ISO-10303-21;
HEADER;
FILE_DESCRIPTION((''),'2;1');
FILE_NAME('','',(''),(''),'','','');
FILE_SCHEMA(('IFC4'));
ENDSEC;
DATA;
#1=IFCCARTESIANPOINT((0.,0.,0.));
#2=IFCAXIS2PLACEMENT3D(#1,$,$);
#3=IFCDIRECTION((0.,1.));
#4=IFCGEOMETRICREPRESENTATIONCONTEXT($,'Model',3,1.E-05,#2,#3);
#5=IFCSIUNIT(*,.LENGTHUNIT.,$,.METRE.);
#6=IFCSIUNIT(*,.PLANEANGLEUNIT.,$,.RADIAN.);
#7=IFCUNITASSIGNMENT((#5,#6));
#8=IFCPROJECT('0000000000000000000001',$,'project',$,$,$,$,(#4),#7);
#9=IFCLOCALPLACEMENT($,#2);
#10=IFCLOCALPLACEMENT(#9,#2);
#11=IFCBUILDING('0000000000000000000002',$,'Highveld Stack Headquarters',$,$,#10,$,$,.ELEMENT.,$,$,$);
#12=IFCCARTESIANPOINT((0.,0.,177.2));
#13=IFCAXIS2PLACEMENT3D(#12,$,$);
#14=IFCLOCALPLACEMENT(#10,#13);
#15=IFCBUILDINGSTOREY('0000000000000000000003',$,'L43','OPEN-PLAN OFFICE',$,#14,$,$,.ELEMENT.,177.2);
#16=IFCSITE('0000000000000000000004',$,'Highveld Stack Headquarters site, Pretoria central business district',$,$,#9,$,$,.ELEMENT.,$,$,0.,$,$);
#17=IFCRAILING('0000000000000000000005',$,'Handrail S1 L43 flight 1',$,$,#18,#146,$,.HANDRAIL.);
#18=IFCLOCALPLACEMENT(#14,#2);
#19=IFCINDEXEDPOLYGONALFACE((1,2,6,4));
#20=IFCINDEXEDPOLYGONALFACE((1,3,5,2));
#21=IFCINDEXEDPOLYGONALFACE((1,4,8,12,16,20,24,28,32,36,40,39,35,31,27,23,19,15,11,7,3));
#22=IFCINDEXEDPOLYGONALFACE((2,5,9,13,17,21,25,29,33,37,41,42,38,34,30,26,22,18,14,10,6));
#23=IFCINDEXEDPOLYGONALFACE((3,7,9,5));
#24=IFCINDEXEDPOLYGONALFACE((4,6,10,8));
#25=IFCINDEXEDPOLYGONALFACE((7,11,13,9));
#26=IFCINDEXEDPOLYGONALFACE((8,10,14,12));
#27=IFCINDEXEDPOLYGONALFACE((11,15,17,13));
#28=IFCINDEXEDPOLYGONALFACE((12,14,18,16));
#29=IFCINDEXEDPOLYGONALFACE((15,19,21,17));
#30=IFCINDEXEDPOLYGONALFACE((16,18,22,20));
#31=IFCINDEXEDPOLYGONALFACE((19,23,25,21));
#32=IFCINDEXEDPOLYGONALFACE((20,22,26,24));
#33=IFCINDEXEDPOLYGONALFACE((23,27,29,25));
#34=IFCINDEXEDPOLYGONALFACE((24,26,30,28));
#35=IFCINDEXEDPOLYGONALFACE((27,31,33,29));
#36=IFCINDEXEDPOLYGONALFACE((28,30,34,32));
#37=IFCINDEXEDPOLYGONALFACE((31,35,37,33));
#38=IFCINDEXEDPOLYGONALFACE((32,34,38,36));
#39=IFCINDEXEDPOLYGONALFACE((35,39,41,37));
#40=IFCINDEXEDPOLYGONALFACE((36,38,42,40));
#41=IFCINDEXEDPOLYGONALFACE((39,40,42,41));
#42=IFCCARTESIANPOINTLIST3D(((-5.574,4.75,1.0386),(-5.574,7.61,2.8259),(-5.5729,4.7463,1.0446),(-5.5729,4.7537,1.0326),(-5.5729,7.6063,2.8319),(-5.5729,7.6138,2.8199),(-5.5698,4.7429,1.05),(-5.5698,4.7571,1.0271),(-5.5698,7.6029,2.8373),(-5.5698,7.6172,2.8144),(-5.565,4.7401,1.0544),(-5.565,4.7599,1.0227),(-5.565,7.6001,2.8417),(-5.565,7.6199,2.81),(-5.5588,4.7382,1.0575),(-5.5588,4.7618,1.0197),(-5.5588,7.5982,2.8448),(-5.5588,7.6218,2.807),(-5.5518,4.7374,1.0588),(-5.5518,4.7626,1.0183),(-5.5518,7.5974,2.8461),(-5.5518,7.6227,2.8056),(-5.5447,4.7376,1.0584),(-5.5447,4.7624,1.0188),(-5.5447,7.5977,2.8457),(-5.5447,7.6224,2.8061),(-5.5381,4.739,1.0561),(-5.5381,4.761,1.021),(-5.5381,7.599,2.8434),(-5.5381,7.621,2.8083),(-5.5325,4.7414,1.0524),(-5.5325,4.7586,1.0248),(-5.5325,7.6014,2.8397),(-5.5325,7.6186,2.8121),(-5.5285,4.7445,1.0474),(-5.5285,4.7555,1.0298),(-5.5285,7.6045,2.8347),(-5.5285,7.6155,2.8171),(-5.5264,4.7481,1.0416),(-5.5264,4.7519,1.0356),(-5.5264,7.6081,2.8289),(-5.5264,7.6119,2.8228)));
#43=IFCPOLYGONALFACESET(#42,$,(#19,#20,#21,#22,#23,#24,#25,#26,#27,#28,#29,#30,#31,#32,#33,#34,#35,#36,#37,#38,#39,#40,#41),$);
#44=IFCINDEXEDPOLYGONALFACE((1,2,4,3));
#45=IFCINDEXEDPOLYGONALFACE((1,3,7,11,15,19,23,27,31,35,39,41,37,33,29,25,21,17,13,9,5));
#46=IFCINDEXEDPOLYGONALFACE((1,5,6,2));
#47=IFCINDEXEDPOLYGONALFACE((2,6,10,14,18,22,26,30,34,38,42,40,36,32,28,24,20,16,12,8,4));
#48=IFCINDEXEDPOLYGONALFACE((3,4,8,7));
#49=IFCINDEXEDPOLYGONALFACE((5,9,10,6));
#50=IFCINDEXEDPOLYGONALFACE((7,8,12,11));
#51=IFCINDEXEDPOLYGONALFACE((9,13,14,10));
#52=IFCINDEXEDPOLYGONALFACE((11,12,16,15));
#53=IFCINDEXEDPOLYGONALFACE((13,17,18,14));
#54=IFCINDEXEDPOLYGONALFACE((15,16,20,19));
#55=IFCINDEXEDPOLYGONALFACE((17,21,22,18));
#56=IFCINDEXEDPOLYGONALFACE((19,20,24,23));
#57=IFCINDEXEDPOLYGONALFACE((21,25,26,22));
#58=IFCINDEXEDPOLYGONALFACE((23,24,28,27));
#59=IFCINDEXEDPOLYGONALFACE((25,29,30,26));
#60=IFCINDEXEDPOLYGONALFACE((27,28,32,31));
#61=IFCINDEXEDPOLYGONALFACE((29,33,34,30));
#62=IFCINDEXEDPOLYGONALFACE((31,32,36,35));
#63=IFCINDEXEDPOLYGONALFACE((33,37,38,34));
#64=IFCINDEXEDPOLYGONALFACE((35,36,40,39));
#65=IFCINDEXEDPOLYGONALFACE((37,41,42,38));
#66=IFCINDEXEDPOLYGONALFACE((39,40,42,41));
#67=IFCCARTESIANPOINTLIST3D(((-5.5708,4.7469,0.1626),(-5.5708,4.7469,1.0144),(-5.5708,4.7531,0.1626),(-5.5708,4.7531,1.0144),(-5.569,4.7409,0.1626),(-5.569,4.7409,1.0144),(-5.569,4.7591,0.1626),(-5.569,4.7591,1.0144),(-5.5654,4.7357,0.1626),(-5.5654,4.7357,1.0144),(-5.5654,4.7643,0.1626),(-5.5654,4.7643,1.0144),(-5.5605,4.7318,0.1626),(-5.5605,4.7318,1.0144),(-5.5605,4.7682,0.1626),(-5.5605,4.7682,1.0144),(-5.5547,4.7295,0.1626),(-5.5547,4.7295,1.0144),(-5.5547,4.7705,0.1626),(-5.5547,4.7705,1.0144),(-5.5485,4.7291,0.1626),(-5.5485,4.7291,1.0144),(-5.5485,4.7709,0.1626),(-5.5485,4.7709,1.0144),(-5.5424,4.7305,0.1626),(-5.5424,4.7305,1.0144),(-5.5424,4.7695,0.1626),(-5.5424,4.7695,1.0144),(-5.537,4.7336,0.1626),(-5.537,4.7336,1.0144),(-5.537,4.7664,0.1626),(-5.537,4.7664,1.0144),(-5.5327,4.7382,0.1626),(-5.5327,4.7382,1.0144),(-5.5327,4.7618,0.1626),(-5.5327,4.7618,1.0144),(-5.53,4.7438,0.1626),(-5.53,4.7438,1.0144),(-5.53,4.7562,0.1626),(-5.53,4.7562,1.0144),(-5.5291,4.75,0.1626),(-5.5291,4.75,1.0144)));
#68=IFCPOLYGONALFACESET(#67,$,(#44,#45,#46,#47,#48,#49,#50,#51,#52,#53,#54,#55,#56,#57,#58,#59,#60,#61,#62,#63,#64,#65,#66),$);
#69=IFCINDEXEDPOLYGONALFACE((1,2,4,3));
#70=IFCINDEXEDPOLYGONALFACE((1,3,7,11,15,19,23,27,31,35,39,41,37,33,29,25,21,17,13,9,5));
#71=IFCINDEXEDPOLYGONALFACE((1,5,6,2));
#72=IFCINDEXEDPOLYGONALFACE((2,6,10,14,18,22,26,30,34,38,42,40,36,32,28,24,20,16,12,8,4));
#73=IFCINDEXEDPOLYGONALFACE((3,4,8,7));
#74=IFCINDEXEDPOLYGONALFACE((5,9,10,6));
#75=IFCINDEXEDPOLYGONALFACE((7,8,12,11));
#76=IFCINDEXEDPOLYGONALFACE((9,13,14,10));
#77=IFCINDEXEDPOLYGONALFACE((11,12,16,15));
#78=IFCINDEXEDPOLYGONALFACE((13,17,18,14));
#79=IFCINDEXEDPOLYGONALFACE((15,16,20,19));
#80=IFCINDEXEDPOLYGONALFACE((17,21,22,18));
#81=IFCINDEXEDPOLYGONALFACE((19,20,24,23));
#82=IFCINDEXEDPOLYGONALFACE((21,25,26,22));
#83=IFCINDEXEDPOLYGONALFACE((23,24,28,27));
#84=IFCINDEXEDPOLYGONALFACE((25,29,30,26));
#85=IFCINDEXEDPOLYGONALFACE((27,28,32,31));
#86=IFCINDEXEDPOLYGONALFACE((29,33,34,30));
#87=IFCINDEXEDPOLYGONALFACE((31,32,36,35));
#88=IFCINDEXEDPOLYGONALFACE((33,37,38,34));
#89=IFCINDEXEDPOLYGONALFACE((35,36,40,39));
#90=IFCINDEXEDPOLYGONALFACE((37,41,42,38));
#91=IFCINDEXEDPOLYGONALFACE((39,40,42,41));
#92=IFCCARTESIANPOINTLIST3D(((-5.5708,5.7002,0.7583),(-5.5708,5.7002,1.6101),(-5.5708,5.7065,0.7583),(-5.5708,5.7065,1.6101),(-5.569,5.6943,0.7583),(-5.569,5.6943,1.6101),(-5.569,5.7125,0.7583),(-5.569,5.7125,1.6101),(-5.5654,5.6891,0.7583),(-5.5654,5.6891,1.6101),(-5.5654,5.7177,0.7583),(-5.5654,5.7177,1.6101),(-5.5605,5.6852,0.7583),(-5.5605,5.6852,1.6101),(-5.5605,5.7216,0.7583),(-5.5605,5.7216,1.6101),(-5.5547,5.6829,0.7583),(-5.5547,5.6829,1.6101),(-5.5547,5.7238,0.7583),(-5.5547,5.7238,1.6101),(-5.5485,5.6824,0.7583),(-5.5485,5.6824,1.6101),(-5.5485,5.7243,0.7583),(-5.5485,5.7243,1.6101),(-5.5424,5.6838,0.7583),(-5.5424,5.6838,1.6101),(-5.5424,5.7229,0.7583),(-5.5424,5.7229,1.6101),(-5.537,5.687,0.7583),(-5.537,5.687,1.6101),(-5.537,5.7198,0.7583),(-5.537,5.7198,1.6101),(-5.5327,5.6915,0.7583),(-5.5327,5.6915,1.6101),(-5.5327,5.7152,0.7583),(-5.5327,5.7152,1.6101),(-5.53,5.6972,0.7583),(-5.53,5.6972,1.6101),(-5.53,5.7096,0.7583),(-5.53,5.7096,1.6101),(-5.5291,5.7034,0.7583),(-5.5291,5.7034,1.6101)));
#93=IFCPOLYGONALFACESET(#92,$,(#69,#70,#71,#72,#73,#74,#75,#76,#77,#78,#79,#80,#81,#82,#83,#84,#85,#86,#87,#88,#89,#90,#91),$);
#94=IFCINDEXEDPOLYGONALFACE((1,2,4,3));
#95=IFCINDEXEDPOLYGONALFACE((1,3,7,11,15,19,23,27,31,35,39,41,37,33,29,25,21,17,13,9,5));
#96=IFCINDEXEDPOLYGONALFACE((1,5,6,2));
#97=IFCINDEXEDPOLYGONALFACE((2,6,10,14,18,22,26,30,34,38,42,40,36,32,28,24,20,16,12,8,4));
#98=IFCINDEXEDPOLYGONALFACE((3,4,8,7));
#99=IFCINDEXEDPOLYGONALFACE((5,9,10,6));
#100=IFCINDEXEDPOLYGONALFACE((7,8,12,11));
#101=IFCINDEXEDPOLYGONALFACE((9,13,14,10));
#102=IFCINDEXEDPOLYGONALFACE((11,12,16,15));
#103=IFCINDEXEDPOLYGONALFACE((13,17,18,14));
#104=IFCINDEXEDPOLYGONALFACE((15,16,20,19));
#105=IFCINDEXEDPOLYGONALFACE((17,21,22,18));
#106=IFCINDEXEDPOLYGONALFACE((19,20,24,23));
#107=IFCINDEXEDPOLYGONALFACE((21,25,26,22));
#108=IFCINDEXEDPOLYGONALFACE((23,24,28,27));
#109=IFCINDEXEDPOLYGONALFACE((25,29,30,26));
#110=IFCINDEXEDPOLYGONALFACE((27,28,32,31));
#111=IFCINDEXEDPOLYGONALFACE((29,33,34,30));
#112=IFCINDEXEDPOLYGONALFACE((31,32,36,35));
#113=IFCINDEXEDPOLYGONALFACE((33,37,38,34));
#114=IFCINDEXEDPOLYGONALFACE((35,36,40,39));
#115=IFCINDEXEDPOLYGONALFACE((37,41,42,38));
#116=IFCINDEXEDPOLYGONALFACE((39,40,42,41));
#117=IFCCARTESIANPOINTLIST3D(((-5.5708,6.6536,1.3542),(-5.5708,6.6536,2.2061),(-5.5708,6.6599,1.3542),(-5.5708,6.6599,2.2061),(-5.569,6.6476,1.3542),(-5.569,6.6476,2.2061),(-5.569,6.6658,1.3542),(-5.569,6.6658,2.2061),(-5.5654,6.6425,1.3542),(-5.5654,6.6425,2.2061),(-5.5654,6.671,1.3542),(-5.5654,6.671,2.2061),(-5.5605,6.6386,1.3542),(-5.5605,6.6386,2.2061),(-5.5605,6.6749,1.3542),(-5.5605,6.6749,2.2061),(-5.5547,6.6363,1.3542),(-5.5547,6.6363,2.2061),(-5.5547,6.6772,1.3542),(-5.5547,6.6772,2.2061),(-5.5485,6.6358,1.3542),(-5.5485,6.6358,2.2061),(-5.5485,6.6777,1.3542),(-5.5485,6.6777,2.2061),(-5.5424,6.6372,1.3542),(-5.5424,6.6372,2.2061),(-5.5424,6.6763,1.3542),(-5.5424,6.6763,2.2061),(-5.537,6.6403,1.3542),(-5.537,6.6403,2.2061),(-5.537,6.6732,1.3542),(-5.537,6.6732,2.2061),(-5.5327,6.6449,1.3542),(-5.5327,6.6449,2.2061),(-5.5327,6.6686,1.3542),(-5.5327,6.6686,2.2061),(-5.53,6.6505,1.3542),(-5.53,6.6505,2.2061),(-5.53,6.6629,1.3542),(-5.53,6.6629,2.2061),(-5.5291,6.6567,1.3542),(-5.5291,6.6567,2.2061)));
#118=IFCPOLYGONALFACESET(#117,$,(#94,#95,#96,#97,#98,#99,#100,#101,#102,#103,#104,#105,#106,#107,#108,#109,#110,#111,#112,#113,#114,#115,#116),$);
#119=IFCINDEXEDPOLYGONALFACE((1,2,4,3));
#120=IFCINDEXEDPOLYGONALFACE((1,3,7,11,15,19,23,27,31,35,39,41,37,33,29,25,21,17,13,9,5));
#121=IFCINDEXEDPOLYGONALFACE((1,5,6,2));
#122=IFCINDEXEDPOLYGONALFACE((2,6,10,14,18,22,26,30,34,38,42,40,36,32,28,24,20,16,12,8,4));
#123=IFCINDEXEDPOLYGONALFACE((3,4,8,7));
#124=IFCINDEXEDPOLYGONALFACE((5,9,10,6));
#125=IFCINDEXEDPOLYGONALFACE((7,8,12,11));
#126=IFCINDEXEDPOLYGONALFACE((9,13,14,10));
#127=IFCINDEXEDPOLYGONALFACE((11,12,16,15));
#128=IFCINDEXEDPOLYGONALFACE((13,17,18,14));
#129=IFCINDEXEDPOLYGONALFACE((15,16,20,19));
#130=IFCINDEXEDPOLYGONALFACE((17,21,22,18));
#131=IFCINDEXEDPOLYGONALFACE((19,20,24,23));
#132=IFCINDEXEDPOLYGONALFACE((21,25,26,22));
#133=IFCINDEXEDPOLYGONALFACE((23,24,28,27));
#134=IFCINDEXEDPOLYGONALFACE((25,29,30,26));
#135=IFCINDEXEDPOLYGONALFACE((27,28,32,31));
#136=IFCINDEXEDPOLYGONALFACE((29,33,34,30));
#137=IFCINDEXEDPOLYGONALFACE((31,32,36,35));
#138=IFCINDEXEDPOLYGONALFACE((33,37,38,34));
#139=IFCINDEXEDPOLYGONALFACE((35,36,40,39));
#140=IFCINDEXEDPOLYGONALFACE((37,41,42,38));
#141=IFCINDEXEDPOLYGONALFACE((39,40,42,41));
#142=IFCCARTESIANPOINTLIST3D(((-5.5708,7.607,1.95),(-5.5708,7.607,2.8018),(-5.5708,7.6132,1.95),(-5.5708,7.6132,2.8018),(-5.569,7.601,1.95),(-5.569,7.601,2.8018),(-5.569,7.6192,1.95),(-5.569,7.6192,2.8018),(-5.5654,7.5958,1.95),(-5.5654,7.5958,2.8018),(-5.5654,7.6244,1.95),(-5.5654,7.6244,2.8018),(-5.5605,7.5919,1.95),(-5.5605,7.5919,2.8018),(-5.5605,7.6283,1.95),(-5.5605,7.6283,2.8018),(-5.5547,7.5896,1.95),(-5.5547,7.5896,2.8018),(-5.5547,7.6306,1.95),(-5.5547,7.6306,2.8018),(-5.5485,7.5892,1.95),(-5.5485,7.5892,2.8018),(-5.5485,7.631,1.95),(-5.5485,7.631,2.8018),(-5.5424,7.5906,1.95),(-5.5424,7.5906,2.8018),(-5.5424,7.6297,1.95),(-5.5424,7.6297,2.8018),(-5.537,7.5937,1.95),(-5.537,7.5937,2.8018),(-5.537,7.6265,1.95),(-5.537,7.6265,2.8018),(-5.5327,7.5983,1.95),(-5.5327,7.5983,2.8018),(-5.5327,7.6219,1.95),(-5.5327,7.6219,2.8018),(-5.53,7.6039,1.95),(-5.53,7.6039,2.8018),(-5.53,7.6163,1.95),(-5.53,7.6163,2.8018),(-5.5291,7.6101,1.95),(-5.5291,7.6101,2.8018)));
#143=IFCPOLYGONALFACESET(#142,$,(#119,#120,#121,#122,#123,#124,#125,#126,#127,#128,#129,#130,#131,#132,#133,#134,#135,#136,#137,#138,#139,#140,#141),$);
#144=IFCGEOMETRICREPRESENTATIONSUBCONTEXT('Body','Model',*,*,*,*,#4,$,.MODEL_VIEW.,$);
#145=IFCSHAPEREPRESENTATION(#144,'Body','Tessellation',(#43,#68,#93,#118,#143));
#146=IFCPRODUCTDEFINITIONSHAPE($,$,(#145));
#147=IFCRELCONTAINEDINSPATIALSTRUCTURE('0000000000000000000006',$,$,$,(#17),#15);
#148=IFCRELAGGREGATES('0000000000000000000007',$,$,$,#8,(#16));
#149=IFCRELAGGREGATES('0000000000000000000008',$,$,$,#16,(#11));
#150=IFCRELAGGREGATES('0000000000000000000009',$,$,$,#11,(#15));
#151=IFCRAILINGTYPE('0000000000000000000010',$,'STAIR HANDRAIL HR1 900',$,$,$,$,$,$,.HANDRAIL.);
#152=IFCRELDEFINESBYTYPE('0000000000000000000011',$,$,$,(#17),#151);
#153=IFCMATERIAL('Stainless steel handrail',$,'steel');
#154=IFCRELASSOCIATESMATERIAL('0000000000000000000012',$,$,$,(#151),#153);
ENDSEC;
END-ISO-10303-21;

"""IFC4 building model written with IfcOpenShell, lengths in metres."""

from ifc_helpers import new_model, si_unit, direction, frame, origin, origin_2d, place, context, subcontext, project, spatial, circle, extrude, material, type_object, element, save


model = new_model("IFC4")

# Units and contexts
model_context = context("Model", 3, precision=1e-05, world=origin(), true_north=direction((0.0, 1.0)))
body_context = subcontext(model_context, "Body", "Model", "MODEL_VIEW")
ifc_project = project(units=[si_unit("LENGTHUNIT", "METRE"), si_unit("PLANEANGLEUNIT", "RADIAN")], contexts=[model_context])

# Site, building, storey
site_placement = place(None, origin())
site = spatial("IfcSite", under=ifc_project, at=site_placement, Name="Highveld Stack Headquarters site, Pretoria central business district", CompositionType="ELEMENT", RefElevation=0.0)
building_placement = place(site_placement, origin())
building = spatial("IfcBuilding", under=site, at=building_placement, Name="Highveld Stack Headquarters", CompositionType="ELEMENT")
storey_placement = place(building_placement, frame((0.0, 0.0, 177.2)))
storey = spatial("IfcBuildingStorey", under=building, at=storey_placement, Name="L43", Description="OPEN-PLAN OFFICE", CompositionType="ELEMENT", Elevation=177.2)

# Railing
ifc_material_1 = material(Name="Stainless steel handrail", Category="steel")
railing_type = type_object("IfcRailingType", Name="STAIR HANDRAIL HR1 900", PredefinedType="HANDRAIL", material=ifc_material_1)
for number, where, name in (
    (1, (-5.55, 4.75, 0.1626), "Handrail S1 L43 flight 1"),
):
    element("IfcRailing", number, at=place(storey_placement, frame(where)), inside=storey, type_object=railing_type, Name=name, PredefinedType="HANDRAIL", context=body_context, shape_type="SweptSolid", body=[
        extrude(circle(Radius=0.0239, at=origin_2d()), frame((0.0, 0.0, 0.876), z_axis=(0.0, 0.848027, 0.529953), x_axis=(-1.0, 0.0, 0.0)), (0.0, 0.0, 1.0), 3.3726),
        extrude(circle(Radius=0.021, at=origin_2d()), origin(), (0.0, 0.0, 1.0), 0.8518),
        extrude(circle(Radius=0.021, at=origin_2d()), frame((0.0, 0.9534, 0.5957)), (0.0, 0.0, 1.0), 0.8518),
        extrude(circle(Radius=0.021, at=origin_2d()), frame((0.0, 1.9067, 1.1917)), (0.0, 0.0, 1.0), 0.8518),
        extrude(circle(Radius=0.021, at=origin_2d()), frame((0.0, 2.8601, 1.7874)), (0.0, 0.0, 1.0), 0.8518),
    ])

save(model, "model.ifc")
